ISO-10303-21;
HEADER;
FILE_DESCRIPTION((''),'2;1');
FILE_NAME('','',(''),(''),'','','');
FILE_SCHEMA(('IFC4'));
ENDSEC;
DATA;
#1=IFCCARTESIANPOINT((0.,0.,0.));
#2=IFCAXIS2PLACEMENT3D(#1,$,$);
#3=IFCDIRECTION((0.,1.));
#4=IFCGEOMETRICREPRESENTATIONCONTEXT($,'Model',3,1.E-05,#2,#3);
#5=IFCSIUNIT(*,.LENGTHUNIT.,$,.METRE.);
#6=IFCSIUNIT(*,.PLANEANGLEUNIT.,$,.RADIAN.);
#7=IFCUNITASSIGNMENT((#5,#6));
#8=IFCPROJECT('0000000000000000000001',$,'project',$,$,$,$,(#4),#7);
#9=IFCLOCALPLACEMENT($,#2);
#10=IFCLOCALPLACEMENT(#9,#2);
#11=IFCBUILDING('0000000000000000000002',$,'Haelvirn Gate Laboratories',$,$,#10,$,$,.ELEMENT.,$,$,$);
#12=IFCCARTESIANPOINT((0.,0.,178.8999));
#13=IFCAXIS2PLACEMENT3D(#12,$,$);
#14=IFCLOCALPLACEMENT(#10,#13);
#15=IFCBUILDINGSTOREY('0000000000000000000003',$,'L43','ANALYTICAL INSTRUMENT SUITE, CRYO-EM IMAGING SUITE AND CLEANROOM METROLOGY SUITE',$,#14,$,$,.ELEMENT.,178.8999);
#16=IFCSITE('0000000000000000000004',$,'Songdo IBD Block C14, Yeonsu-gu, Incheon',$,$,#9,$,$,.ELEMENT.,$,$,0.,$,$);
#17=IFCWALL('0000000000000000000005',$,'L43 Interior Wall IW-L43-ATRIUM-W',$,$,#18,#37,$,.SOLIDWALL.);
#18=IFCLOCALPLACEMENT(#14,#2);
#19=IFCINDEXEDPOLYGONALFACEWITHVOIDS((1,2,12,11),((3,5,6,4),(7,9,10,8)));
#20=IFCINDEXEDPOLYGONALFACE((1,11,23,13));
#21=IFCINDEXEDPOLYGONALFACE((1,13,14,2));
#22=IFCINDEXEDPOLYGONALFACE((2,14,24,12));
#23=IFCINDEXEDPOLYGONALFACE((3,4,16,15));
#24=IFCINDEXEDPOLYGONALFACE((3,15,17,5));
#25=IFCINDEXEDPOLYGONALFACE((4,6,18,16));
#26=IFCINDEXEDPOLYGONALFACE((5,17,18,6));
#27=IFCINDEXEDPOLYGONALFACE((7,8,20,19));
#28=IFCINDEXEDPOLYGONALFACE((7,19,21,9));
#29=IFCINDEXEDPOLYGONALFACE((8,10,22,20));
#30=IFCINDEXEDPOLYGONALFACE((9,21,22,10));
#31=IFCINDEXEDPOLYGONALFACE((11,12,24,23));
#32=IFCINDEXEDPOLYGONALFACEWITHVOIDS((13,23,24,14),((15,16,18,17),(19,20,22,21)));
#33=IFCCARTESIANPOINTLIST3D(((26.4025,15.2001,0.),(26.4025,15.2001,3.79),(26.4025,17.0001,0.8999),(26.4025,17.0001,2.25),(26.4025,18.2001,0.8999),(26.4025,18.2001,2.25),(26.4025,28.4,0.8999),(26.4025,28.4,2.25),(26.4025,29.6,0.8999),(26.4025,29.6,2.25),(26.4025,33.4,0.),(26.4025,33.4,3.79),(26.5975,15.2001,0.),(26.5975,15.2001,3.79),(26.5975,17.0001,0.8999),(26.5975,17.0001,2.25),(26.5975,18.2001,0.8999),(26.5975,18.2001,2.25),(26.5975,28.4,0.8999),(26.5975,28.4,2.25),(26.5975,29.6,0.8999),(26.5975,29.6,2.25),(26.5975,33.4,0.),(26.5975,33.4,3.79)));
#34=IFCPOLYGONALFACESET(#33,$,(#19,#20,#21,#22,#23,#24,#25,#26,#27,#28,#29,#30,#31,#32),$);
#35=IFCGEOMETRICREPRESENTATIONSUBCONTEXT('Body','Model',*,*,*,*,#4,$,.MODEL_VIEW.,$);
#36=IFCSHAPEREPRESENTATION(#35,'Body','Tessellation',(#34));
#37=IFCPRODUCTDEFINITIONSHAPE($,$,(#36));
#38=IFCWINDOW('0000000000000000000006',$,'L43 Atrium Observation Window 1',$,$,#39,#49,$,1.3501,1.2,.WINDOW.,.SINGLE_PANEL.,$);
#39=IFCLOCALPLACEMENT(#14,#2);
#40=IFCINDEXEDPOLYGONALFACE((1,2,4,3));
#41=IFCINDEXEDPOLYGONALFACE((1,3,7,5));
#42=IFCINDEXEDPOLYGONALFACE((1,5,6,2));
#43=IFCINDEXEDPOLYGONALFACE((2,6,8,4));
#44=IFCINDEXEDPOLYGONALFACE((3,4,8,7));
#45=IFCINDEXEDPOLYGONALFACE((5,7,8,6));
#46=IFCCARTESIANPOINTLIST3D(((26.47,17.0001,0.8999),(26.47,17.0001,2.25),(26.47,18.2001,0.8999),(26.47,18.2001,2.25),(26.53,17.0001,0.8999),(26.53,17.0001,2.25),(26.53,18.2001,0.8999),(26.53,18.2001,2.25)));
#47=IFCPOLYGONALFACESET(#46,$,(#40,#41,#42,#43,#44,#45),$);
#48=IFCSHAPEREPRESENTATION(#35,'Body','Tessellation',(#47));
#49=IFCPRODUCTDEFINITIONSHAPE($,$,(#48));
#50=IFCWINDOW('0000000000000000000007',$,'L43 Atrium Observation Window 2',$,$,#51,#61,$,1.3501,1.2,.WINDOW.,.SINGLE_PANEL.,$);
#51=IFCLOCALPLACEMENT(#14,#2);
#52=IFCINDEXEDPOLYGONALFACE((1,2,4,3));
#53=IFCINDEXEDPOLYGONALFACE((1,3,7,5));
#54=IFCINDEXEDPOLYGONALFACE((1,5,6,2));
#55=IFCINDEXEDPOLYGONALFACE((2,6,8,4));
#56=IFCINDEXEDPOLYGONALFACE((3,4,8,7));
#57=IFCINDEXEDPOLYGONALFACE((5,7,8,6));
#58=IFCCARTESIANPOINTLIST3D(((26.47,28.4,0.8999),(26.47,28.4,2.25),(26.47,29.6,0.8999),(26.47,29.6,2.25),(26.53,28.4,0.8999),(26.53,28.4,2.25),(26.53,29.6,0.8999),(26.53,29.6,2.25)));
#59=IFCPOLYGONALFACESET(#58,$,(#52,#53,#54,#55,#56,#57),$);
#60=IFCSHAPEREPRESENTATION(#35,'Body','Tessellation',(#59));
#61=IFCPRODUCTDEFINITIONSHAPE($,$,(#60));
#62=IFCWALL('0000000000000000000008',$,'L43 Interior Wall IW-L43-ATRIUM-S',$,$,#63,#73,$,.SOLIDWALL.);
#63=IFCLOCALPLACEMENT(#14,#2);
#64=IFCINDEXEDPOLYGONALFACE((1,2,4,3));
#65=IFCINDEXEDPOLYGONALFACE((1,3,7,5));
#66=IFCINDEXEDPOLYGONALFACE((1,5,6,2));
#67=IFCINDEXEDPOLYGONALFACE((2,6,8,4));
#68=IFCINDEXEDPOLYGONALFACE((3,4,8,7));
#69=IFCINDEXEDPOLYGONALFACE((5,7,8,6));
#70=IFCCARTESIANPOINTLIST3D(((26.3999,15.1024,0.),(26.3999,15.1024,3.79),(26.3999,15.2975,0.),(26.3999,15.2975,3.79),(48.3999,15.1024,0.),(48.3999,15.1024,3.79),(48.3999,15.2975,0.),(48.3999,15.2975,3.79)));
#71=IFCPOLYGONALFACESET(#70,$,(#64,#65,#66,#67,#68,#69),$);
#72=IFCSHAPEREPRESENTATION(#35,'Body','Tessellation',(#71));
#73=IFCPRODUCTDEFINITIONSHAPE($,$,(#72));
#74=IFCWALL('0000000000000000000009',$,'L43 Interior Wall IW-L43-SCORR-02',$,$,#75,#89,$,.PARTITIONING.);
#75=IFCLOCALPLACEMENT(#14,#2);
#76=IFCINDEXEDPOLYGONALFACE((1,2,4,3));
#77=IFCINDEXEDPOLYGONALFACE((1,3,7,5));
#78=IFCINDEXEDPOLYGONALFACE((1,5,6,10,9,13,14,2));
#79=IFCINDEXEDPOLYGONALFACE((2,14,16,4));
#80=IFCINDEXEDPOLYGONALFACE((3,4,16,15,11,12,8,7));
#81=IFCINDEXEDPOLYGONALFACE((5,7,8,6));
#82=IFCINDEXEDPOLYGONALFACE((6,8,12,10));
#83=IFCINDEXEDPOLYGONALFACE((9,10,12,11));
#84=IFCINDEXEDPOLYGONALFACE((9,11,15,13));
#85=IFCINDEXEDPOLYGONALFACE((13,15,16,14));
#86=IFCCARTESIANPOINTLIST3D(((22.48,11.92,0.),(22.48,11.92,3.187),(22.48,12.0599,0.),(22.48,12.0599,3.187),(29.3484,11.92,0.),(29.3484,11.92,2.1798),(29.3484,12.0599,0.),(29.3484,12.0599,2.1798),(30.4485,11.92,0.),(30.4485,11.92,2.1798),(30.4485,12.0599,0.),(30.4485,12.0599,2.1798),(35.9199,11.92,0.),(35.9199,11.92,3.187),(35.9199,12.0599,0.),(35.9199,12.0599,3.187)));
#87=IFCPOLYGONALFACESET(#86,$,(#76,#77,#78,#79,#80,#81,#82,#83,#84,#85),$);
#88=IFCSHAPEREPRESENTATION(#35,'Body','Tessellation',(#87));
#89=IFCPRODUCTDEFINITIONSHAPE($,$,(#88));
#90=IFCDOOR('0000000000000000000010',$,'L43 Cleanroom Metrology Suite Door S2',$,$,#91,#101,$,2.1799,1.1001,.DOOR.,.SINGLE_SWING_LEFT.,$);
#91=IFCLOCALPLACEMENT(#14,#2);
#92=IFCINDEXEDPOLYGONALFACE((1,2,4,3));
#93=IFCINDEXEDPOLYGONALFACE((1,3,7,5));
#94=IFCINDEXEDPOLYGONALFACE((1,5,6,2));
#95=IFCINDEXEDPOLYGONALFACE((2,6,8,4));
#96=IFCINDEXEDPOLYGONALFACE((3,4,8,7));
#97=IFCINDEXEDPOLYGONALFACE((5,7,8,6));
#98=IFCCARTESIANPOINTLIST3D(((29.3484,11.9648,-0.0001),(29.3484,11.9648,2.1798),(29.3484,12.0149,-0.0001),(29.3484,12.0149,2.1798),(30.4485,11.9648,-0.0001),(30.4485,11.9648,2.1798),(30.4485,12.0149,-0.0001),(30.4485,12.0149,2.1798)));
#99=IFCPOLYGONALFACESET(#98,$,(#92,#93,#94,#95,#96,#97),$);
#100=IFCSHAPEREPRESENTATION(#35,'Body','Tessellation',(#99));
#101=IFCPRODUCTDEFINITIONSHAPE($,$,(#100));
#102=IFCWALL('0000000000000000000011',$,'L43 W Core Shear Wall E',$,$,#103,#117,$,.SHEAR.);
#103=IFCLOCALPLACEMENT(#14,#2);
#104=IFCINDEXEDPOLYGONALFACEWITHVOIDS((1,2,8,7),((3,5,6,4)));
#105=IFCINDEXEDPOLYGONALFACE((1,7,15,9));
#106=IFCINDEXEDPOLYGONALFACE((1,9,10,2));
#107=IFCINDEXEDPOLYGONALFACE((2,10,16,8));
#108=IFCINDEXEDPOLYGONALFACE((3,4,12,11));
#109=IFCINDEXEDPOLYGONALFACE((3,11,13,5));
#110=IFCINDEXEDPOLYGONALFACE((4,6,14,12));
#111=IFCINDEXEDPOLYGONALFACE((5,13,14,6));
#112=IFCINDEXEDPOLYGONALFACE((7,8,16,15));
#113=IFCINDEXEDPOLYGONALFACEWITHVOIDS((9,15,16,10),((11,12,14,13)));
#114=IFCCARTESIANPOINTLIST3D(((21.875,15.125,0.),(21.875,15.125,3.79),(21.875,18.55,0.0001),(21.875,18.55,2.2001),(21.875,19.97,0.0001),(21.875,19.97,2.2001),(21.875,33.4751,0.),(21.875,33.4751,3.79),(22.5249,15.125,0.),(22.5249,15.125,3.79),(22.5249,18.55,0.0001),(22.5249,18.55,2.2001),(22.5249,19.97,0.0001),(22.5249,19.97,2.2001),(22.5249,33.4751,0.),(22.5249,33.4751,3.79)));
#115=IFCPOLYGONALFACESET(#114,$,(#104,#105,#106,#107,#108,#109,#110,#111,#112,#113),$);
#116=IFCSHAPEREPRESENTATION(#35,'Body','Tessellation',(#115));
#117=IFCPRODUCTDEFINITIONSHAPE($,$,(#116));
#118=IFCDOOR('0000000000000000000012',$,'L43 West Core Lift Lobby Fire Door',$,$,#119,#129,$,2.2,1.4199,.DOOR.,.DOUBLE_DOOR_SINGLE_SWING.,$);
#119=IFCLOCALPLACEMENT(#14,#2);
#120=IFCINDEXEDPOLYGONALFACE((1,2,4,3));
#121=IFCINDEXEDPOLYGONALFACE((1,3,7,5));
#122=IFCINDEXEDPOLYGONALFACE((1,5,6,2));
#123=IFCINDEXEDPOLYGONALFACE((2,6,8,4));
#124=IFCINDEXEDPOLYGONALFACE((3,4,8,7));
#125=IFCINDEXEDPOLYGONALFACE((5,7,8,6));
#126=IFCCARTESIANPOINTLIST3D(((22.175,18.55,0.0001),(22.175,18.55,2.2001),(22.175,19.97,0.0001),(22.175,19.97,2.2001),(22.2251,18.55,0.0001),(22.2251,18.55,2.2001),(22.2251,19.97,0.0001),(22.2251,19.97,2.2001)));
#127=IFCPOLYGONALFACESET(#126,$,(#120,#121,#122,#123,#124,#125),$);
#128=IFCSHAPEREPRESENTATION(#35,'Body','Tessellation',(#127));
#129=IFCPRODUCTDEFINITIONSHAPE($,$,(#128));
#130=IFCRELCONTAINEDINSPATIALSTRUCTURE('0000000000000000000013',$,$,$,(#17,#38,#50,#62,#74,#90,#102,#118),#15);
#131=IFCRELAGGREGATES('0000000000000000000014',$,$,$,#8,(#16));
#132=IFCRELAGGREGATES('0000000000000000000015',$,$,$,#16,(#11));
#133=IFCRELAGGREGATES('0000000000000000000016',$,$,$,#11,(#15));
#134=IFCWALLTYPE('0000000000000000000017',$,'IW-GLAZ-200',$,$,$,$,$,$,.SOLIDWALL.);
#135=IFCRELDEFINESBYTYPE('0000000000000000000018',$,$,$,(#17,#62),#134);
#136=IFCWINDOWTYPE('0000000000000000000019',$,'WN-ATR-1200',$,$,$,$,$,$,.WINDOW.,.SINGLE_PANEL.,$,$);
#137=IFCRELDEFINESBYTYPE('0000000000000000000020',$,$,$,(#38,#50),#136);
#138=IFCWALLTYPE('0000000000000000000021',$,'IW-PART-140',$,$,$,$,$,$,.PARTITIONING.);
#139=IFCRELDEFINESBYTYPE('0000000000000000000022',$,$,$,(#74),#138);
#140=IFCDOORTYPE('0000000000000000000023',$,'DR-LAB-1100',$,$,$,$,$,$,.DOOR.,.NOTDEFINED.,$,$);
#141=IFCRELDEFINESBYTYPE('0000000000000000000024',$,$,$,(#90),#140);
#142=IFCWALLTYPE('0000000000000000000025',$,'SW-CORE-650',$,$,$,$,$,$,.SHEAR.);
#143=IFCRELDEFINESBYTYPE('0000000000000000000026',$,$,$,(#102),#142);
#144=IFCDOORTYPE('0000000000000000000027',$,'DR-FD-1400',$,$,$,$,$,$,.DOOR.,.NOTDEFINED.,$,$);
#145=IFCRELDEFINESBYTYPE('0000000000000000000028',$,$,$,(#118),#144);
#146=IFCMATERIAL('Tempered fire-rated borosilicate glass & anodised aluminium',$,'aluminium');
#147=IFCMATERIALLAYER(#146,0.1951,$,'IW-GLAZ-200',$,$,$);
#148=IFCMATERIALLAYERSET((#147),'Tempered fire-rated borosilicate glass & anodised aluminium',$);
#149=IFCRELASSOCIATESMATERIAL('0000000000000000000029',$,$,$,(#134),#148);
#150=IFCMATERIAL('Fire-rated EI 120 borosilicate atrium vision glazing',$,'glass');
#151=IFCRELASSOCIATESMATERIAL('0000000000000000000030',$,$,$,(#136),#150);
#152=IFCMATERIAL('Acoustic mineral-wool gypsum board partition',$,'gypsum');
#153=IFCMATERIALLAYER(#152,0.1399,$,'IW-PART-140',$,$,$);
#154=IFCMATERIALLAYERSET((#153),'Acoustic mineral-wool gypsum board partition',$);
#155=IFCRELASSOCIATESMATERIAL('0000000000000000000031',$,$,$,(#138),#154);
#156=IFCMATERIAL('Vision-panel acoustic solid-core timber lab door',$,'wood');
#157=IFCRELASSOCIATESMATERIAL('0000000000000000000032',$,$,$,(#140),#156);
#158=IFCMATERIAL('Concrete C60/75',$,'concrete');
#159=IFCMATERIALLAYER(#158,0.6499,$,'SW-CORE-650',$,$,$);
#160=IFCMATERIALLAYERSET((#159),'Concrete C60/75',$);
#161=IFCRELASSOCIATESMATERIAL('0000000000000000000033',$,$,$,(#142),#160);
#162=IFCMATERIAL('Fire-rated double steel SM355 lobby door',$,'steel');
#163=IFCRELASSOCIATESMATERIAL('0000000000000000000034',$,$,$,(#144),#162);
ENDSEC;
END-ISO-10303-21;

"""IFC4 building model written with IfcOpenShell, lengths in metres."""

from ifc_helpers import new_model, si_unit, direction, frame, frame_2d, origin, place, context, subcontext, project, spatial, rectangle, extrude, source, transform, mapped, material, layer, layer_set, type_object, type_shapes, element, fill, save


model = new_model("IFC4")

# Units and contexts
model_context = context("Model", 3, precision=1e-05, world=origin(), true_north=direction((0.0, 1.0)))
body_context = subcontext(model_context, "Body", "Model", "MODEL_VIEW")
ifc_project = project(units=[si_unit("LENGTHUNIT", "METRE"), si_unit("PLANEANGLEUNIT", "RADIAN")], contexts=[model_context])

# Site, building, storey
site_placement = place(None, origin())
site = spatial("IfcSite", under=ifc_project, at=site_placement, Name="Songdo IBD Block C14, Yeonsu-gu, Incheon", CompositionType="ELEMENT", RefElevation=0.0)
building_placement = place(site_placement, origin())
building = spatial("IfcBuilding", under=site, at=building_placement, Name="Haelvirn Gate Laboratories", CompositionType="ELEMENT")
storey_placement = place(building_placement, frame((0.0, 0.0, 178.8999)))
storey = spatial("IfcBuildingStorey", under=building, at=storey_placement, Name="L43", Description="ANALYTICAL INSTRUMENT SUITE, CRYO-EM IMAGING SUITE AND CLEANROOM METROLOGY SUITE", CompositionType="ELEMENT", Elevation=178.8999)

# Shared definitions
ifc_material_1 = material(Name="Concrete C60/75", Category="concrete")

# Wall, openings, windows
ifc_material_2 = material(Name="Tempered fire-rated borosilicate glass & anodised aluminium", Category="aluminium")
ifc_layer_1 = layer(ifc_material_2, 0.1951, Name="IW-GLAZ-200")
ifc_layer_set_1 = layer_set([ifc_layer_1], Name="Tempered fire-rated borosilicate glass & anodised aluminium")
wall_type_1 = type_object("IfcWallType", Name="IW-GLAZ-200", PredefinedType="SOLIDWALL", material=ifc_layer_set_1)
wall_1_placement = place(storey_placement, frame((26.5, 15.2, 0.0), z_axis=(0.0, 0.0, 1.0), x_axis=(0.0, 1.0, 0.0)))
wall_1 = element("IfcWall", 1, at=wall_1_placement, inside=storey, type_object=wall_type_1, Name="L43 Interior Wall IW-L43-ATRIUM-W", PredefinedType="SOLIDWALL", context=body_context, shape_type="SweptSolid", body=[
    extrude(rectangle(XDim=18.2, YDim=0.1951, at=frame_2d((9.1001, 0.0))), origin(), (0.0, 0.0, 1.0), 3.79),
])
opening_1_placement = place(wall_1_placement, frame((1.8, 0.0, 0.8999)))
opening_1 = element("IfcOpeningElement", 2, at=opening_1_placement, cuts=wall_1, PredefinedType="OPENING", context=body_context, shape_type="SweptSolid", body=[
    extrude(rectangle(XDim=1.2, YDim=1.3501, at=frame_2d((0.6001, 0.675))), frame((0.0, 0.1074, 0.0), z_axis=(0.0, -1.0, 0.0), x_axis=(1.0, 0.0, 0.0)), (0.0, 0.0, 1.0), 0.2151),
])
opening_2_placement = place(wall_1_placement, frame((13.2, 0.0, 0.8999)))
opening_2 = element("IfcOpeningElement", 3, at=opening_2_placement, cuts=wall_1, PredefinedType="OPENING", context=body_context, shape_type="SweptSolid", body=[
    extrude(rectangle(XDim=1.2, YDim=1.3501, at=frame_2d((0.6001, 0.675))), frame((0.0, 0.1074, 0.0), z_axis=(0.0, -1.0, 0.0), x_axis=(1.0, 0.0, 0.0)), (0.0, 0.0, 1.0), 0.2151),
])
ifc_material_3 = material(Name="Fire-rated EI 120 borosilicate atrium vision glazing", Category="glass")
window_type = type_object("IfcWindowType", Name="WN-ATR-1200", PartitioningType="SINGLE_PANEL", PredefinedType="WINDOW", material=ifc_material_3)
shared_shape_1 = source(origin(), body_context, "Body", "SweptSolid", [
    extrude(rectangle(XDim=1.2, YDim=1.3501, at=frame_2d((0.6001, 0.675))), frame((0.0, 0.03, 0.0), z_axis=(0.0, -1.0, 0.0), x_axis=(1.0, 0.0, 0.0)), (0.0, 0.0, 1.0), 0.0601),
])
type_shapes(window_type, [shared_shape_1])
window_1_placement = place(opening_1_placement, origin())
window_1 = element("IfcWindow", 4, at=window_1_placement, inside=storey, type_object=window_type, Name="L43 Atrium Observation Window 1", OverallHeight=1.3501, OverallWidth=1.2, PartitioningType="SINGLE_PANEL", PredefinedType="WINDOW", context=body_context, shape_type="MappedRepresentation", body=[
    mapped(shared_shape_1, transform((0.0, 0.0, 0.0), scale=1.0)),
])
fill(opening_1, window_1)
window_2_placement = place(opening_2_placement, origin())
window_2 = element("IfcWindow", 5, at=window_2_placement, inside=storey, type_object=window_type, Name="L43 Atrium Observation Window 2", OverallHeight=1.3501, OverallWidth=1.2, PartitioningType="SINGLE_PANEL", PredefinedType="WINDOW", context=body_context, shape_type="MappedRepresentation", body=[
    mapped(shared_shape_1, transform((0.0, 0.0, 0.0), scale=1.0)),
])
fill(opening_2, window_2)

# Wall
wall_2_placement = place(storey_placement, frame((26.3999, 15.2, 0.0), z_axis=(0.0, 0.0, 1.0), x_axis=(1.0, 0.0, 0.0)))
element("IfcWall", 6, at=wall_2_placement, inside=storey, type_object=wall_type_1, Name="L43 Interior Wall IW-L43-ATRIUM-S", PredefinedType="SOLIDWALL", context=body_context, shape_type="SweptSolid", body=[
    extrude(rectangle(XDim=22.0, YDim=0.1951, at=frame_2d((11.0, 0.0))), origin(), (0.0, 0.0, 1.0), 3.79),
])

# Walls, openings, doors
ifc_material_4 = material(Name="Acoustic mineral-wool gypsum board partition", Category="gypsum")
ifc_layer_2 = layer(ifc_material_4, 0.1399, Name="IW-PART-140")
ifc_layer_set_2 = layer_set([ifc_layer_2], Name="Acoustic mineral-wool gypsum board partition")
wall_type_2 = type_object("IfcWallType", Name="IW-PART-140", PredefinedType="PARTITIONING", material=ifc_layer_set_2)
wall_3_placement = place(storey_placement, frame((22.48, 11.99, 0.0), z_axis=(0.0, 0.0, 1.0), x_axis=(1.0, 0.0, 0.0)))
wall_3 = element("IfcWall", 7, at=wall_3_placement, inside=storey, type_object=wall_type_2, Name="L43 Interior Wall IW-L43-SCORR-02", PredefinedType="PARTITIONING", context=body_context, shape_type="SweptSolid", body=[
    extrude(rectangle(XDim=13.4399, YDim=0.1399, at=frame_2d((6.72, 0.0))), origin(), (0.0, 0.0, 1.0), 3.187),
])
opening_3_placement = place(wall_3_placement, frame((6.8684, 0.0, 0.0)))
opening_3 = element("IfcOpeningElement", 8, at=opening_3_placement, cuts=wall_3, PredefinedType="OPENING", context=body_context, shape_type="SweptSolid", body=[
    extrude(rectangle(XDim=1.1001, YDim=2.1799, at=frame_2d((0.55, 1.0898))), frame((0.0, 0.0801, 0.0), z_axis=(0.0, -1.0, 0.0), x_axis=(1.0, 0.0, 0.0)), (0.0, 0.0, 1.0), 0.1599),
])
ifc_material_5 = material(Name="Vision-panel acoustic solid-core timber lab door", Category="wood")
door_type_1 = type_object("IfcDoorType", Name="DR-LAB-1100", OperationType="NOTDEFINED", PredefinedType="DOOR", material=ifc_material_5)
shared_shape_2 = source(origin(), body_context, "Body", "SweptSolid", [
    extrude(rectangle(XDim=1.1001, YDim=2.1799, at=frame_2d((0.55, 1.0898))), frame((0.0, 0.0249, 0.0), z_axis=(0.0, -1.0, 0.0), x_axis=(1.0, 0.0, 0.0)), (0.0, 0.0, 1.0), 0.05),
])
type_shapes(door_type_1, [shared_shape_2])
door_1_placement = place(opening_3_placement, origin())
door_1 = element("IfcDoor", 9, at=door_1_placement, inside=storey, type_object=door_type_1, Name="L43 Cleanroom Metrology Suite Door S2", OperationType="SINGLE_SWING_LEFT", OverallHeight=2.1799, OverallWidth=1.1001, PredefinedType="DOOR", context=body_context, shape_type="MappedRepresentation", body=[
    mapped(shared_shape_2, transform((0.0, 0.0, 0.0), scale=1.0)),
])
fill(opening_3, door_1)
ifc_layer_3 = layer(ifc_material_1, 0.6499, Name="SW-CORE-650")
ifc_layer_set_3 = layer_set([ifc_layer_3], Name="Concrete C60/75")
wall_type_3 = type_object("IfcWallType", Name="SW-CORE-650", PredefinedType="SHEAR", material=ifc_layer_set_3)
wall_4_placement = place(storey_placement, frame((22.2, 15.125, 0.0), z_axis=(0.0, 0.0, 1.0), x_axis=(0.0, 1.0, 0.0)))
wall_4 = element("IfcWall", 10, at=wall_4_placement, inside=storey, type_object=wall_type_3, Name="L43 W Core Shear Wall E", PredefinedType="SHEAR", context=body_context, shape_type="SweptSolid", body=[
    extrude(rectangle(XDim=18.3501, YDim=0.6499, at=frame_2d((9.175, 0.0))), origin(), (0.0, 0.0, 1.0), 3.79),
])
opening_4_placement = place(wall_4_placement, frame((3.425, 0.0, 0.0)))
opening_4 = element("IfcOpeningElement", 11, at=opening_4_placement, cuts=wall_4, PredefinedType="OPENING", context=body_context, shape_type="SweptSolid", body=[
    extrude(rectangle(XDim=1.4199, YDim=2.2, at=frame_2d((0.71, 1.1001))), frame((0.0, 0.335, 0.0), z_axis=(0.0, -1.0, 0.0), x_axis=(1.0, 0.0, 0.0)), (0.0, 0.0, 1.0), 0.6699),
])
ifc_material_6 = material(Name="Fire-rated double steel SM355 lobby door", Category="steel")
door_type_2 = type_object("IfcDoorType", Name="DR-FD-1400", OperationType="NOTDEFINED", PredefinedType="DOOR", material=ifc_material_6)
shared_shape_3 = source(origin(), body_context, "Body", "SweptSolid", [
    extrude(rectangle(XDim=1.4199, YDim=2.2, at=frame_2d((0.71, 1.1001))), frame((0.0, 0.0249, 0.0), z_axis=(0.0, -1.0, 0.0), x_axis=(1.0, 0.0, 0.0)), (0.0, 0.0, 1.0), 0.05),
])
type_shapes(door_type_2, [shared_shape_3])
door_2_placement = place(opening_4_placement, origin())
door_2 = element("IfcDoor", 12, at=door_2_placement, inside=storey, type_object=door_type_2, Name="L43 West Core Lift Lobby Fire Door", OperationType="DOUBLE_DOOR_SINGLE_SWING", OverallHeight=2.2, OverallWidth=1.4199, PredefinedType="DOOR", context=body_context, shape_type="MappedRepresentation", body=[
    mapped(shared_shape_3, transform((0.0, 0.0, 0.0), scale=1.0)),
])
fill(opening_4, door_2)

save(model, "model.ifc")
